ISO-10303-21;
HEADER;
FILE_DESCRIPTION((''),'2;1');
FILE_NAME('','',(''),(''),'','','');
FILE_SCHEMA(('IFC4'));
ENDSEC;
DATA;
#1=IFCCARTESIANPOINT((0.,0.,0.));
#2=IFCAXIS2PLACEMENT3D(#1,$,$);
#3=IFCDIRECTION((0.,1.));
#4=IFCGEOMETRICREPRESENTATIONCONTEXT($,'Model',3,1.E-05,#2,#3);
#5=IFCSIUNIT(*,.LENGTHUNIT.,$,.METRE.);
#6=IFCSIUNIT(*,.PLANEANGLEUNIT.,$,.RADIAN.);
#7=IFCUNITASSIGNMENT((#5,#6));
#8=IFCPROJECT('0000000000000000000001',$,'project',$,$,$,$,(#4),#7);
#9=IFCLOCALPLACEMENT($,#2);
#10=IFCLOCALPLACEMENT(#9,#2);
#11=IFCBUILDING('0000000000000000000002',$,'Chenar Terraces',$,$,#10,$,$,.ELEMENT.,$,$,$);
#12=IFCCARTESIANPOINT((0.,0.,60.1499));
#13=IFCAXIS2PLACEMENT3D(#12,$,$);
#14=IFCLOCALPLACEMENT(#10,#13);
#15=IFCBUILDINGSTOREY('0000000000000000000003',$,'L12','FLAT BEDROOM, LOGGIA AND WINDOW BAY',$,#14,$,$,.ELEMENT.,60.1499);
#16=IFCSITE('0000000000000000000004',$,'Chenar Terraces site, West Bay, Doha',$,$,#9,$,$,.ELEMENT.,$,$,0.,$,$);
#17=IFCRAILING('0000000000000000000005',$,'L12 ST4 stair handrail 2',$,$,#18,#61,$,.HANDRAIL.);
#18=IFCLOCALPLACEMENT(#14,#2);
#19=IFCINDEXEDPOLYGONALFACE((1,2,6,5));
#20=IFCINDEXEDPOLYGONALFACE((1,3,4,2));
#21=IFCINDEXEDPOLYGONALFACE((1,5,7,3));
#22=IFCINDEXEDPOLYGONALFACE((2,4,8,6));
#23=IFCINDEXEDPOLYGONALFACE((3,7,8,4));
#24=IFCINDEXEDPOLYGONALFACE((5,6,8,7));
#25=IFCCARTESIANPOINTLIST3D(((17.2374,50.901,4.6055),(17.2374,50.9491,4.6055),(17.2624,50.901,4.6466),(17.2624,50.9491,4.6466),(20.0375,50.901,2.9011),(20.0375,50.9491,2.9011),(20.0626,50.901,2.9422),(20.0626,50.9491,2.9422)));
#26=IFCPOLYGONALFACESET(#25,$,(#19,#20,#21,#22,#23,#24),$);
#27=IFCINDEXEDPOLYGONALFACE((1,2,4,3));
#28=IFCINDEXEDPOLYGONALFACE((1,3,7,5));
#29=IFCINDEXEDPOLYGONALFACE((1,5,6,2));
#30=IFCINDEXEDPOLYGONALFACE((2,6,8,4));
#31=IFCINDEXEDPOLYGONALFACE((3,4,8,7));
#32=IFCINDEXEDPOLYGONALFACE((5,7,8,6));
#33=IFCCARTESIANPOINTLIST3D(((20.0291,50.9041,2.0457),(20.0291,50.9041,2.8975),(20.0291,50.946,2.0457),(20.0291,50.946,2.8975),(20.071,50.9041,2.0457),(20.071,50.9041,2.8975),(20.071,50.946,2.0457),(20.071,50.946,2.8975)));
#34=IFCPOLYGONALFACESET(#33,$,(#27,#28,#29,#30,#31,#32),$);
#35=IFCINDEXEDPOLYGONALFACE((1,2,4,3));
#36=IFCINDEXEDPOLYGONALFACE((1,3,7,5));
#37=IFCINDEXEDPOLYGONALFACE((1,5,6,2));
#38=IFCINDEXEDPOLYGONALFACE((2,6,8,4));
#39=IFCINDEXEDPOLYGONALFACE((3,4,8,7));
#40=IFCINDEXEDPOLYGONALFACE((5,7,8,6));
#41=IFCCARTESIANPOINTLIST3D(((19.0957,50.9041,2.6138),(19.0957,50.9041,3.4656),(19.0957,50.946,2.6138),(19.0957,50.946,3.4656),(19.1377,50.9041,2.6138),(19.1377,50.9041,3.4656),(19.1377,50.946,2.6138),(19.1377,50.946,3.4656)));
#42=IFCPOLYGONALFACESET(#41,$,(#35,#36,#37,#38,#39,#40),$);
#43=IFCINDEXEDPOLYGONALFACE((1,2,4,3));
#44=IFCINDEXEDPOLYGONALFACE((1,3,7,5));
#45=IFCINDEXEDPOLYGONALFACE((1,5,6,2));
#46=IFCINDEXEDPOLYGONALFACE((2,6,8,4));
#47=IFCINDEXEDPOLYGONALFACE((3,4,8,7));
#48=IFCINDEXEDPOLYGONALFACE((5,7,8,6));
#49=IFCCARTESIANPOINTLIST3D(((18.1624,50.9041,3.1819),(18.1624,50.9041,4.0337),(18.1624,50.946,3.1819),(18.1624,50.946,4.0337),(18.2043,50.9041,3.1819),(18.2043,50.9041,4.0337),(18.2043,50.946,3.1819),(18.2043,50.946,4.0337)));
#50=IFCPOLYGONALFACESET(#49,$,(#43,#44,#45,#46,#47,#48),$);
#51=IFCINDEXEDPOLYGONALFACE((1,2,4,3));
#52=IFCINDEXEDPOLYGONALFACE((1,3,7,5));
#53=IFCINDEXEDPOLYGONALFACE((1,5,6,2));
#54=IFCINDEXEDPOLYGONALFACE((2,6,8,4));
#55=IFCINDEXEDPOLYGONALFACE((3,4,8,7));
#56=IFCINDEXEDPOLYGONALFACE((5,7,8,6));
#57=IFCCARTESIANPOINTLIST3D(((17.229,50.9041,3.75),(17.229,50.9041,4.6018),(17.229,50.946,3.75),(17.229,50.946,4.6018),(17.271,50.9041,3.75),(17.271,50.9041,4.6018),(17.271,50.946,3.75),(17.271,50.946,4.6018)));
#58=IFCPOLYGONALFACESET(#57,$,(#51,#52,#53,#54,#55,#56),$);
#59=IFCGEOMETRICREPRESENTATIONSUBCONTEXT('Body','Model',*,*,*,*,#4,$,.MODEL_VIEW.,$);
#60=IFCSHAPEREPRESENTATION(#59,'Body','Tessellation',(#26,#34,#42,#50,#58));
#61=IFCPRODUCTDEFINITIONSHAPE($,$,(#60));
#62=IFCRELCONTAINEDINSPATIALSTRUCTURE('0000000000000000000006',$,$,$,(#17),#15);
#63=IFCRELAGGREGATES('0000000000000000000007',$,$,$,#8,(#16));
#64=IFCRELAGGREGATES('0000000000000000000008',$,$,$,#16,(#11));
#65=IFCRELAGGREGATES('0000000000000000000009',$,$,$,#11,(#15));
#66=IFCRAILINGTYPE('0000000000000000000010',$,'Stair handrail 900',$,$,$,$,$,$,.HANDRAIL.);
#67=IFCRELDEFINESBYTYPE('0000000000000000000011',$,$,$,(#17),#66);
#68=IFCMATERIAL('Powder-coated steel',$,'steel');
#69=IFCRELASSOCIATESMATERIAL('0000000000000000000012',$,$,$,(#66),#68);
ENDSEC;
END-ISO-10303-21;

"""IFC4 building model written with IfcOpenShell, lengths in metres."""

from ifc_helpers import new_model, si_unit, direction, frame, origin, origin_2d, place, context, subcontext, project, spatial, rectangle, extrude, material, type_object, element, save


model = new_model("IFC4")

# Units and contexts
model_context = context("Model", 3, precision=1e-05, world=origin(), true_north=direction((0.0, 1.0)))
body_context = subcontext(model_context, "Body", "Model", "MODEL_VIEW")
ifc_project = project(units=[si_unit("LENGTHUNIT", "METRE"), si_unit("PLANEANGLEUNIT", "RADIAN")], contexts=[model_context])

# Site, building, storey
site_placement = place(None, origin())
site = spatial("IfcSite", under=ifc_project, at=site_placement, Name="Chenar Terraces site, West Bay, Doha", CompositionType="ELEMENT", RefElevation=0.0)
building_placement = place(site_placement, origin())
building = spatial("IfcBuilding", under=site, at=building_placement, Name="Chenar Terraces", CompositionType="ELEMENT")
storey_placement = place(building_placement, frame((0.0, 0.0, 60.1499)))
storey = spatial("IfcBuildingStorey", under=building, at=storey_placement, Name="L12", Description="FLAT BEDROOM, LOGGIA AND WINDOW BAY", CompositionType="ELEMENT", Elevation=60.1499)

# Railing
ifc_material_1 = material(Name="Powder-coated steel", Category="steel")
railing_type_1 = type_object("IfcRailingType", Name="Stair handrail 900", PredefinedType="HANDRAIL", material=ifc_material_1)
railing_1_placement = place(storey_placement, frame((20.05, 50.925, 2.0457)))
element("IfcRailing", 1, at=railing_1_placement, inside=storey, type_object=railing_type_1, Name="L12 ST4 stair handrail 2", PredefinedType="HANDRAIL", context=body_context, shape_type="SweptSolid", body=[
    extrude(rectangle(XDim=0.0481, YDim=0.0481, at=origin_2d()), frame((0.0, 0.0, 0.876), z_axis=(-0.854203, 0.0, 0.51994), x_axis=(0.0, -1.0, 0.0)), (0.0, 0.0, 1.0), 3.2781),
    extrude(rectangle(XDim=0.042, YDim=0.042, at=origin_2d()), origin(), (0.0, 0.0, 1.0), 0.8518),
    extrude(rectangle(XDim=0.042, YDim=0.042, at=origin_2d()), frame((-0.9333, 0.0, 0.5681)), (0.0, 0.0, 1.0), 0.8518),
    extrude(rectangle(XDim=0.042, YDim=0.042, at=origin_2d()), frame((-1.8667, 0.0, 1.1362)), (0.0, 0.0, 1.0), 0.8518),
    extrude(rectangle(XDim=0.042, YDim=0.042, at=origin_2d()), frame((-2.8, 0.0, 1.7043)), (0.0, 0.0, 1.0), 0.8518),
])

save(model, "model.ifc")
